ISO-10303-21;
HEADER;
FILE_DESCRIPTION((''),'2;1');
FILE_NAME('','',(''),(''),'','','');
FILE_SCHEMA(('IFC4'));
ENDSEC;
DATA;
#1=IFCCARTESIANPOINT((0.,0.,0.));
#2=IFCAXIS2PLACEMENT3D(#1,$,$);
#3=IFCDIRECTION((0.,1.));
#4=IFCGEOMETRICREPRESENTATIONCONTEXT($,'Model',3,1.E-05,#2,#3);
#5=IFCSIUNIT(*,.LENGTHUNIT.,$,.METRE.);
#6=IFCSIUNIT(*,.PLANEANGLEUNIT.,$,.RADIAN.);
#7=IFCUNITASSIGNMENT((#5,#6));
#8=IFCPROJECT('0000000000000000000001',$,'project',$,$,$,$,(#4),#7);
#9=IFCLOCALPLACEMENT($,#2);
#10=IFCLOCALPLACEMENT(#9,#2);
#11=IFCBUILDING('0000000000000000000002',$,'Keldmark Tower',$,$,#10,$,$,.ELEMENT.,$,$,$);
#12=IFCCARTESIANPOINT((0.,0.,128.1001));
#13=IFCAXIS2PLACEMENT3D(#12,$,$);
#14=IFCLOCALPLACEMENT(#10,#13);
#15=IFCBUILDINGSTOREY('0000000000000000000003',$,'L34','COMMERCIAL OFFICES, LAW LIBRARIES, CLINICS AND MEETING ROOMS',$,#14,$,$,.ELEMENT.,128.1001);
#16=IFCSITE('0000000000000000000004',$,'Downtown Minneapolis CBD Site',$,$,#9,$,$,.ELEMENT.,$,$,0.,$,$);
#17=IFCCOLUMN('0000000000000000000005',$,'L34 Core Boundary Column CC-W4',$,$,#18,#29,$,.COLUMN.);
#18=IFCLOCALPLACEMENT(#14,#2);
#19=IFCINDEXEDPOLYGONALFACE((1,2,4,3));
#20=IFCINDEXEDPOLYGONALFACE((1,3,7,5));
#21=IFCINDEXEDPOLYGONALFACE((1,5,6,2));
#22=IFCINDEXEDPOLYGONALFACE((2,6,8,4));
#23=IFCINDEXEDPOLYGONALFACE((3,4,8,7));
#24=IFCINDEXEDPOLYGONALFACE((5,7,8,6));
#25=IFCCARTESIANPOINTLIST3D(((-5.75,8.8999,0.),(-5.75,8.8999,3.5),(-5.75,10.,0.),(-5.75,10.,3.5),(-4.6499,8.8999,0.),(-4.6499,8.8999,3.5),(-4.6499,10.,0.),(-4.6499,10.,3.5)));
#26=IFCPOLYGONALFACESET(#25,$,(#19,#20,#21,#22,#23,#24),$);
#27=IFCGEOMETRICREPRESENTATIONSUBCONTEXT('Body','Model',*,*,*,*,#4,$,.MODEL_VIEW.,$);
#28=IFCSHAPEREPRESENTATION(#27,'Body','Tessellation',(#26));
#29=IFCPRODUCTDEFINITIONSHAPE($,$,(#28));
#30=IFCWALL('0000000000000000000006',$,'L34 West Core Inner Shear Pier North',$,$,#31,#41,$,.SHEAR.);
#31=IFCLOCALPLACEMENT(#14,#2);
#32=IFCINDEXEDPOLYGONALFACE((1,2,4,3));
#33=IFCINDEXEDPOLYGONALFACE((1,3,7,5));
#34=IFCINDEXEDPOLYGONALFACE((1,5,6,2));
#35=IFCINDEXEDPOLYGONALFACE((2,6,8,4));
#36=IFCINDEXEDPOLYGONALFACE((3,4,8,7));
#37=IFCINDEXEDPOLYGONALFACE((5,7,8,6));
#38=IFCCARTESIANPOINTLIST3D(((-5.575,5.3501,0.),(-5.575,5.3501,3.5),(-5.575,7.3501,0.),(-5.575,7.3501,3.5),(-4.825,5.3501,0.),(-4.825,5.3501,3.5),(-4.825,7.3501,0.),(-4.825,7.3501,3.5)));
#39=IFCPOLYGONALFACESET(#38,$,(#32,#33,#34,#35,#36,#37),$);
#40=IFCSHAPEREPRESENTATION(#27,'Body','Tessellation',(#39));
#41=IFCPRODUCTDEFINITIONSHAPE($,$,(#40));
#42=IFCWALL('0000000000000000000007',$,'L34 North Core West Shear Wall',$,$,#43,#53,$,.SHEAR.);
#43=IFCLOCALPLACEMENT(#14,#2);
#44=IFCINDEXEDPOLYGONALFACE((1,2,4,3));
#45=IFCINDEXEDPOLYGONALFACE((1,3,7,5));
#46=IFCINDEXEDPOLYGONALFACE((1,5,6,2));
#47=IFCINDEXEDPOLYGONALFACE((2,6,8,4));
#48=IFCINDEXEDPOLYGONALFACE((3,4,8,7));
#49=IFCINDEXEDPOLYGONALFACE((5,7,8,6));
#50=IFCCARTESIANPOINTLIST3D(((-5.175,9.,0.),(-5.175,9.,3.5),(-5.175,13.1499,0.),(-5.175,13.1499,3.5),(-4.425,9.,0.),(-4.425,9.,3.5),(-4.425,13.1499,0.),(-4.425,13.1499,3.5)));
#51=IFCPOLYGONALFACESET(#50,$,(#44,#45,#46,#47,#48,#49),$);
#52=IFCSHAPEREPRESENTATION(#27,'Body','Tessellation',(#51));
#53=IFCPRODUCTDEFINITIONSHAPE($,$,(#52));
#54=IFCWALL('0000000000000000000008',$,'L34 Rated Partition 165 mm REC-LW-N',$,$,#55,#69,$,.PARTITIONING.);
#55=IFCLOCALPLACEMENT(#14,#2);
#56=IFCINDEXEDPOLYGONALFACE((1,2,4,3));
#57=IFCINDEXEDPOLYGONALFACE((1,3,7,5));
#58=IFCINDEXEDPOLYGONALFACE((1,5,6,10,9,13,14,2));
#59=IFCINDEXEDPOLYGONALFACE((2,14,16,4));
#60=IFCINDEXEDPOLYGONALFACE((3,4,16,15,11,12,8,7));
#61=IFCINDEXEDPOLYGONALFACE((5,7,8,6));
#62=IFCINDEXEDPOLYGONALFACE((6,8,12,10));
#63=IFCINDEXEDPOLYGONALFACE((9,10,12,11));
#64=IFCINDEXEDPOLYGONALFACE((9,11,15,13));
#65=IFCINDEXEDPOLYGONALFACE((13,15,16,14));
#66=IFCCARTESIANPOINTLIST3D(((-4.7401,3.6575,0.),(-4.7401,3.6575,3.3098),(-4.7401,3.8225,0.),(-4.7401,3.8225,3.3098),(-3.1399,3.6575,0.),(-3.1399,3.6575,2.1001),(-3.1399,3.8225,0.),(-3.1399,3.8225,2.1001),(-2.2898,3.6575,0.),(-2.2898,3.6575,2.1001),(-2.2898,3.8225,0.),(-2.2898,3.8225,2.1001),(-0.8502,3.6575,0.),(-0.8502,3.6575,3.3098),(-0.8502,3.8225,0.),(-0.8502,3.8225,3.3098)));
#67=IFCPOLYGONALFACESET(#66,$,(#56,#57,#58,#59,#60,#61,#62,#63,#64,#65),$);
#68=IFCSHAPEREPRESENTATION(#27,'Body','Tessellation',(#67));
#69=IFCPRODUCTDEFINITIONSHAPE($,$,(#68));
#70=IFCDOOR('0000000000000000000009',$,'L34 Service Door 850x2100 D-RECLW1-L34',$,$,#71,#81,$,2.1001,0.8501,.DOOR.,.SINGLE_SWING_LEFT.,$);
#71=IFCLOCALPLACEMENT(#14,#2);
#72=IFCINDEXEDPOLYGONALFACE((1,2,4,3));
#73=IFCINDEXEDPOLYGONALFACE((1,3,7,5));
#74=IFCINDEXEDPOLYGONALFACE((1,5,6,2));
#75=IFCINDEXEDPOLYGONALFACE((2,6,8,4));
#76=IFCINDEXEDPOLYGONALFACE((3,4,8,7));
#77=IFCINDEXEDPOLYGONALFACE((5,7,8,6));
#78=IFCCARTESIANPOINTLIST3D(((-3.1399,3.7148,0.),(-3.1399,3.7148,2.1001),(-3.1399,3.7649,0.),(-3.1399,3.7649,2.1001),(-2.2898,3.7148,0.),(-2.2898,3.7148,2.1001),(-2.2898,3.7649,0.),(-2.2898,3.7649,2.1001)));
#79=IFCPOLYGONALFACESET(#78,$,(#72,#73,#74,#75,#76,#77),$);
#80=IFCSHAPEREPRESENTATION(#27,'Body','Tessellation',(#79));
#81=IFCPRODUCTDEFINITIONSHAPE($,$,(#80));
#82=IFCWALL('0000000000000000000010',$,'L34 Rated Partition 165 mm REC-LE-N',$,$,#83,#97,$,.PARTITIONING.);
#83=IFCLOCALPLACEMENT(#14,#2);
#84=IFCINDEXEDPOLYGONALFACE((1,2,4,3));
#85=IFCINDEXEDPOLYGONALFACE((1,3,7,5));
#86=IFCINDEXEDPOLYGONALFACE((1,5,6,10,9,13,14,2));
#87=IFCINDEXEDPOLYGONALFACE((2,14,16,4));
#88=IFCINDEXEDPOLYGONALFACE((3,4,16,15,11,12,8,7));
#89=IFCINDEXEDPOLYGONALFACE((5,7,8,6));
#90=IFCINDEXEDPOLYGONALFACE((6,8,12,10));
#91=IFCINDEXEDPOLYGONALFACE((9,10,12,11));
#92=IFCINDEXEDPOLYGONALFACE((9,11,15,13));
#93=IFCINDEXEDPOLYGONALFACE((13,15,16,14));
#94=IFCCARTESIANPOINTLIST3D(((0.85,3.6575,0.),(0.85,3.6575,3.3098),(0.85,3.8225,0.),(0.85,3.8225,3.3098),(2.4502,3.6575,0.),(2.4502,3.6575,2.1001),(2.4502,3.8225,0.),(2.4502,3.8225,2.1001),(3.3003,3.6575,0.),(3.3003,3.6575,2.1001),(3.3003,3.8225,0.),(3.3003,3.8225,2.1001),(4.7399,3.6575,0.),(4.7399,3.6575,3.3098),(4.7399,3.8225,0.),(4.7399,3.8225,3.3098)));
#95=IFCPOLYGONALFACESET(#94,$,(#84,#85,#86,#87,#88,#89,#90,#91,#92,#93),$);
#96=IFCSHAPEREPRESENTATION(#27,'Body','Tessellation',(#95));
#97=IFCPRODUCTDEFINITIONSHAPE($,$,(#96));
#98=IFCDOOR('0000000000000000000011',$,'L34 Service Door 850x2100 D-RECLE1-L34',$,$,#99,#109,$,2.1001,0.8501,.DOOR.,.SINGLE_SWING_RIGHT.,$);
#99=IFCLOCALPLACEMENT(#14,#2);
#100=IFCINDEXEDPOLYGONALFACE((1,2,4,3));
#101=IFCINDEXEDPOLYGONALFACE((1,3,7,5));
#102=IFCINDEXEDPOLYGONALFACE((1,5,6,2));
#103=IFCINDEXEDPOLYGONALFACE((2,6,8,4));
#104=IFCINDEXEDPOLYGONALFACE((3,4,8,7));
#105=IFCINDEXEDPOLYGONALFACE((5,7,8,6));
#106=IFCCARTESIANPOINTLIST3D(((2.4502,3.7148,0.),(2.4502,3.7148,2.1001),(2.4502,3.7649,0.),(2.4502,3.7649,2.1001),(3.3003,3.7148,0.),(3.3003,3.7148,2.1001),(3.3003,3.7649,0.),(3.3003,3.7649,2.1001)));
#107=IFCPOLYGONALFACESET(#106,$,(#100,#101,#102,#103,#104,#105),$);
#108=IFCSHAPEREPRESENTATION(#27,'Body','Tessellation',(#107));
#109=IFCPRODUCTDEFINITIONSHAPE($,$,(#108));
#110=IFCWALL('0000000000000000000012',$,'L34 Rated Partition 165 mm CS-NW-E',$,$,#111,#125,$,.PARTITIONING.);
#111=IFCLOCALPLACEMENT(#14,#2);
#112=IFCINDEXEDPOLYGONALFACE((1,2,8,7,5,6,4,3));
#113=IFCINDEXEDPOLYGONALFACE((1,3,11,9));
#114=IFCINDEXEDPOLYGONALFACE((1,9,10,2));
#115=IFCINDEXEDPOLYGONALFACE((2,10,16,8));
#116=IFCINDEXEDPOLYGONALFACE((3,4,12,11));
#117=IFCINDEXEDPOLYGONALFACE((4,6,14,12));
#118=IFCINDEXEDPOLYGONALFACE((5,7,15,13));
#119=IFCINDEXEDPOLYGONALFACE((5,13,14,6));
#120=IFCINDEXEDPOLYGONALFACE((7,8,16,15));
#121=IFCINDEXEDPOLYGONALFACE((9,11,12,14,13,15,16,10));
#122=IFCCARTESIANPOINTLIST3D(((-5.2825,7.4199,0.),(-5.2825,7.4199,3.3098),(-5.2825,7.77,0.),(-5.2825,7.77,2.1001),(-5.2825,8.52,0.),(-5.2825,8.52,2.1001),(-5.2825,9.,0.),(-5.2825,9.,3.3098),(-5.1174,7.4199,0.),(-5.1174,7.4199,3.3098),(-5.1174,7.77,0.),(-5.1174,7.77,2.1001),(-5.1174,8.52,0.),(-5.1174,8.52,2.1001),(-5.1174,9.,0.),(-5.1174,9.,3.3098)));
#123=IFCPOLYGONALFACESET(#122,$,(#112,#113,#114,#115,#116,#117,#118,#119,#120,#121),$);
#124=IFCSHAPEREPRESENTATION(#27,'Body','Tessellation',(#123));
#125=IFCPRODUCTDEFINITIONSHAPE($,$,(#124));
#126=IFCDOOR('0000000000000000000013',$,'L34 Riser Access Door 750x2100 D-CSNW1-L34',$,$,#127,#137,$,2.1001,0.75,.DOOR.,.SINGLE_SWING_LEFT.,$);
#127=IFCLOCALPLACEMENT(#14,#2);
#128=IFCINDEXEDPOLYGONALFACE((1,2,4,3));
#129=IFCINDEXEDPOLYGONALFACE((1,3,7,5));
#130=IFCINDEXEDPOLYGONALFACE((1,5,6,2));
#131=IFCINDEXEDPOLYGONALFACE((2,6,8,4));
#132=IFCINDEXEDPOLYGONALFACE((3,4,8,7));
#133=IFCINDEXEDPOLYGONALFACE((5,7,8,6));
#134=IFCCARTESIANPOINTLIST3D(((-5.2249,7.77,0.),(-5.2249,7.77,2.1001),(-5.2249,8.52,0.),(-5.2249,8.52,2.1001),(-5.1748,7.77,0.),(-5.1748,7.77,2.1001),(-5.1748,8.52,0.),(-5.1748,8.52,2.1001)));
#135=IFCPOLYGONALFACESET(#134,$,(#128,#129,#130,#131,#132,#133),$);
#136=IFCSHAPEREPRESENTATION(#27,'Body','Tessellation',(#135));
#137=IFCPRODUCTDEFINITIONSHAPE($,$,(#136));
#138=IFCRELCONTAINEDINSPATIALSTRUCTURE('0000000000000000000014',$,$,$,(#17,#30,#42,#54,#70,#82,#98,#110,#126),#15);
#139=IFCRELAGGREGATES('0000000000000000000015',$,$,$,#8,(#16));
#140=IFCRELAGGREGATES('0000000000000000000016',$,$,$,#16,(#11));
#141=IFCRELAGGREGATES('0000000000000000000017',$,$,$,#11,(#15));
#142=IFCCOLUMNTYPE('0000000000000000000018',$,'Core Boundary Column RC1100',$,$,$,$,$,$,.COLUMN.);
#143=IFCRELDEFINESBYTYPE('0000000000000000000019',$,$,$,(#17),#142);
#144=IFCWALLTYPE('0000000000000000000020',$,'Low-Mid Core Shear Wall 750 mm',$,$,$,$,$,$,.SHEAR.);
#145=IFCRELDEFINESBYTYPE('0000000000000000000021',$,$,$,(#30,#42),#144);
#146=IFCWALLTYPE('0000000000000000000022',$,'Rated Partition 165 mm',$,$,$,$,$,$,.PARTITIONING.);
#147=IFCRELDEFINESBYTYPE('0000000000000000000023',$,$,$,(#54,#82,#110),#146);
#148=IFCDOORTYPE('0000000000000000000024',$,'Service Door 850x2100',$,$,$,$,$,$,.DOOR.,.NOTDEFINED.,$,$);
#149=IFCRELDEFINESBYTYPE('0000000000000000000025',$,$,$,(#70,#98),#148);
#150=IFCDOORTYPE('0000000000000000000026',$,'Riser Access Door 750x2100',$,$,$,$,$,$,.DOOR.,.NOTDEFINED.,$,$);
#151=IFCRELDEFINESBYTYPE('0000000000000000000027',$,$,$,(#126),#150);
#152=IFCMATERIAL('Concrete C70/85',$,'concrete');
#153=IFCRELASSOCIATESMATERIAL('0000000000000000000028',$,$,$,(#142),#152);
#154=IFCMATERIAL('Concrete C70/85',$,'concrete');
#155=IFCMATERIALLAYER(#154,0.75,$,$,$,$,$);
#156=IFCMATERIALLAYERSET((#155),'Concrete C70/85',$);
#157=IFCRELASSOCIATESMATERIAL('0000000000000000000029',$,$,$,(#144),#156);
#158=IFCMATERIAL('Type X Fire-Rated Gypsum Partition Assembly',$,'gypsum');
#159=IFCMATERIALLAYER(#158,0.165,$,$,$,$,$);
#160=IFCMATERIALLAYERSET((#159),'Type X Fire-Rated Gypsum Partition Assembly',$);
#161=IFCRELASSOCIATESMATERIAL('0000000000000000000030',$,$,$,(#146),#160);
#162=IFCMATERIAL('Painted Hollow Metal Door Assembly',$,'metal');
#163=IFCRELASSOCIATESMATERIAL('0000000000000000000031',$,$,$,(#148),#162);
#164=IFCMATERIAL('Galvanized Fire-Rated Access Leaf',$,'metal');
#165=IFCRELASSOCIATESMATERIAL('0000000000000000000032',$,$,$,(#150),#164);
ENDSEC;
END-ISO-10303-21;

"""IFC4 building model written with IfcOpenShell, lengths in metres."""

from ifc_helpers import new_model, si_unit, direction, frame, frame_2d, origin, origin_2d, place, context, subcontext, project, spatial, rectangle, extrude, material, layer, layer_set, material_profile, profile_set, type_object, element, fill, save


model = new_model("IFC4")

# Units and contexts
model_context = context("Model", 3, precision=1e-05, world=origin(), true_north=direction((0.0, 1.0)))
body_context = subcontext(model_context, "Body", "Model", "MODEL_VIEW")
ifc_project = project(units=[si_unit("LENGTHUNIT", "METRE"), si_unit("PLANEANGLEUNIT", "RADIAN")], contexts=[model_context])

# Site, building, storey
site_placement = place(None, origin())
site = spatial("IfcSite", under=ifc_project, at=site_placement, Name="Downtown Minneapolis CBD Site", CompositionType="ELEMENT", RefElevation=0.0)
building_placement = place(site_placement, origin())
building = spatial("IfcBuilding", under=site, at=building_placement, Name="Keldmark Tower", CompositionType="ELEMENT")
storey_placement = place(building_placement, frame((0.0, 0.0, 128.1001)))
storey = spatial("IfcBuildingStorey", under=building, at=storey_placement, Name="L34", Description="COMMERCIAL OFFICES, LAW LIBRARIES, CLINICS AND MEETING ROOMS", CompositionType="ELEMENT", Elevation=128.1001)

# Column
ifc_material_1 = material(Name="Concrete C70/85", Category="concrete")
ifc_material_profile = material_profile(ifc_material_1, rectangle(XDim=1.1001, YDim=1.1001, at=origin_2d()), Name="RC1100X1100")
ifc_profile_set = profile_set([ifc_material_profile], Name="Concrete C70/85")
column_type = type_object("IfcColumnType", Name="Core Boundary Column RC1100", PredefinedType="COLUMN", material=ifc_profile_set)
column_placement = place(storey_placement, frame((-5.2, 9.45, 0.0), z_axis=(0.0, 0.0, 1.0), x_axis=(1.0, 0.0, 0.0)))
element("IfcColumn", 1, at=column_placement, inside=storey, type_object=column_type, Name="L34 Core Boundary Column CC-W4", PredefinedType="COLUMN", context=body_context, shape_type="SweptSolid", body=[
    extrude(rectangle(XDim=1.1001, YDim=1.1001, at=origin_2d()), origin(), (0.0, 0.0, 1.0), 3.5),
])

# Walls
ifc_material_2 = material(Name="Concrete C70/85", Category="concrete")
ifc_layer_1 = layer(ifc_material_2, 0.75)
ifc_layer_set_1 = layer_set([ifc_layer_1], Name="Concrete C70/85")
wall_type_1 = type_object("IfcWallType", Name="Low-Mid Core Shear Wall 750 mm", PredefinedType="SHEAR", material=ifc_layer_set_1)
wall_1_placement = place(storey_placement, frame((-5.2, 5.3501, 0.0), z_axis=(0.0, 0.0, 1.0), x_axis=(0.0, 1.0, 0.0)))
element("IfcWall", 2, at=wall_1_placement, inside=storey, type_object=wall_type_1, Name="L34 West Core Inner Shear Pier North", PredefinedType="SHEAR", context=body_context, shape_type="SweptSolid", body=[
    extrude(rectangle(XDim=2.0, YDim=0.75, at=frame_2d((1.0, 0.0))), origin(), (0.0, 0.0, 1.0), 3.5),
])
wall_2_placement = place(storey_placement, frame((-4.8, 9.0, 0.0), z_axis=(0.0, 0.0, 1.0), x_axis=(0.0, 1.0, 0.0)))
element("IfcWall", 3, at=wall_2_placement, inside=storey, type_object=wall_type_1, Name="L34 North Core West Shear Wall", PredefinedType="SHEAR", context=body_context, shape_type="SweptSolid", body=[
    extrude(rectangle(XDim=4.1499, YDim=0.75, at=frame_2d((2.075, 0.0))), origin(), (0.0, 0.0, 1.0), 3.5),
])

# Walls, openings, doors
ifc_material_3 = material(Name="Type X Fire-Rated Gypsum Partition Assembly", Category="gypsum")
ifc_layer_2 = layer(ifc_material_3, 0.165)
ifc_layer_set_2 = layer_set([ifc_layer_2], Name="Type X Fire-Rated Gypsum Partition Assembly")
wall_type_2 = type_object("IfcWallType", Name="Rated Partition 165 mm", PredefinedType="PARTITIONING", material=ifc_layer_set_2)
wall_3_placement = place(storey_placement, frame((-4.74, 3.74, 0.0), z_axis=(0.0, 0.0, 1.0), x_axis=(1.0, 0.0, 0.0)))
wall_3 = element("IfcWall", 4, at=wall_3_placement, inside=storey, type_object=wall_type_2, Name="L34 Rated Partition 165 mm REC-LW-N", PredefinedType="PARTITIONING", context=body_context, shape_type="SweptSolid", body=[
    extrude(rectangle(XDim=3.8899, YDim=0.165, at=frame_2d((1.9448, 0.0))), origin(), (0.0, 0.0, 1.0), 3.3098),
])
opening_1_placement = place(wall_3_placement, frame((1.6001, 0.0, 0.0)))
opening_1 = element("IfcOpeningElement", 5, at=opening_1_placement, cuts=wall_3, PredefinedType="OPENING", context=body_context, shape_type="SweptSolid", body=[
    extrude(rectangle(XDim=0.8501, YDim=2.1001, at=frame_2d((0.425, 1.05))), frame((0.0, 0.0925, 0.0), z_axis=(0.0, -1.0, 0.0), x_axis=(1.0, 0.0, 0.0)), (0.0, 0.0, 1.0), 0.1851),
])
ifc_material_4 = material(Name="Painted Hollow Metal Door Assembly", Category="metal")
door_type_1 = type_object("IfcDoorType", Name="Service Door 850x2100", OperationType="NOTDEFINED", PredefinedType="DOOR", material=ifc_material_4)
door_1_placement = place(opening_1_placement, origin())
door_1 = element("IfcDoor", 6, at=door_1_placement, inside=storey, type_object=door_type_1, Name="L34 Service Door 850x2100 D-RECLW1-L34", OperationType="SINGLE_SWING_LEFT", OverallHeight=2.1001, OverallWidth=0.8501, PredefinedType="DOOR", context=body_context, shape_type="SweptSolid", body=[
    extrude(rectangle(XDim=0.8501, YDim=2.1001, at=frame_2d((0.425, 1.05))), frame((0.0, 0.0249, 0.0), z_axis=(0.0, -1.0, 0.0), x_axis=(1.0, 0.0, 0.0)), (0.0, 0.0, 1.0), 0.05),
])
fill(opening_1, door_1)
wall_4_placement = place(storey_placement, frame((0.8501, 3.74, 0.0), z_axis=(0.0, 0.0, 1.0), x_axis=(1.0, 0.0, 0.0)))
wall_4 = element("IfcWall", 7, at=wall_4_placement, inside=storey, type_object=wall_type_2, Name="L34 Rated Partition 165 mm REC-LE-N", PredefinedType="PARTITIONING", context=body_context, shape_type="SweptSolid", body=[
    extrude(rectangle(XDim=3.8899, YDim=0.165, at=frame_2d((1.9448, 0.0))), origin(), (0.0, 0.0, 1.0), 3.3098),
])
opening_2_placement = place(wall_4_placement, frame((1.6001, 0.0, 0.0)))
opening_2 = element("IfcOpeningElement", 8, at=opening_2_placement, cuts=wall_4, PredefinedType="OPENING", context=body_context, shape_type="SweptSolid", body=[
    extrude(rectangle(XDim=0.8501, YDim=2.1001, at=frame_2d((0.425, 1.05))), frame((0.0, 0.0925, 0.0), z_axis=(0.0, -1.0, 0.0), x_axis=(1.0, 0.0, 0.0)), (0.0, 0.0, 1.0), 0.1851),
])
door_2_placement = place(opening_2_placement, origin())
door_2 = element("IfcDoor", 9, at=door_2_placement, inside=storey, type_object=door_type_1, Name="L34 Service Door 850x2100 D-RECLE1-L34", OperationType="SINGLE_SWING_RIGHT", OverallHeight=2.1001, OverallWidth=0.8501, PredefinedType="DOOR", context=body_context, shape_type="SweptSolid", body=[
    extrude(rectangle(XDim=0.8501, YDim=2.1001, at=frame_2d((0.425, 1.05))), frame((0.0, 0.0249, 0.0), z_axis=(0.0, -1.0, 0.0), x_axis=(1.0, 0.0, 0.0)), (0.0, 0.0, 1.0), 0.05),
])
fill(opening_2, door_2)
wall_5_placement = place(storey_placement, frame((-5.2, 7.4199, 0.0), z_axis=(0.0, 0.0, 1.0), x_axis=(0.0, 1.0, 0.0)))
wall_5 = element("IfcWall", 10, at=wall_5_placement, inside=storey, type_object=wall_type_2, Name="L34 Rated Partition 165 mm CS-NW-E", PredefinedType="PARTITIONING", context=body_context, shape_type="SweptSolid", body=[
    extrude(rectangle(XDim=1.5801, YDim=0.165, at=frame_2d((0.79, 0.0))), origin(), (0.0, 0.0, 1.0), 3.3098),
])
opening_3_placement = place(wall_5_placement, frame((0.3501, 0.0, 0.0)))
opening_3 = element("IfcOpeningElement", 11, at=opening_3_placement, cuts=wall_5, PredefinedType="OPENING", context=body_context, shape_type="SweptSolid", body=[
    extrude(rectangle(XDim=0.75, YDim=2.1001, at=frame_2d((0.375, 1.05))), frame((0.0, 0.0925, 0.0), z_axis=(0.0, -1.0, 0.0), x_axis=(1.0, 0.0, 0.0)), (0.0, 0.0, 1.0), 0.1851),
])
ifc_material_5 = material(Name="Galvanized Fire-Rated Access Leaf", Category="metal")
door_type_2 = type_object("IfcDoorType", Name="Riser Access Door 750x2100", OperationType="NOTDEFINED", PredefinedType="DOOR", material=ifc_material_5)
door_3_placement = place(opening_3_placement, origin())
door_3 = element("IfcDoor", 12, at=door_3_placement, inside=storey, type_object=door_type_2, Name="L34 Riser Access Door 750x2100 D-CSNW1-L34", OperationType="SINGLE_SWING_LEFT", OverallHeight=2.1001, OverallWidth=0.75, PredefinedType="DOOR", context=body_context, shape_type="SweptSolid", body=[
    extrude(rectangle(XDim=0.75, YDim=2.1001, at=frame_2d((0.375, 1.05))), frame((0.0, 0.0249, 0.0), z_axis=(0.0, -1.0, 0.0), x_axis=(1.0, 0.0, 0.0)), (0.0, 0.0, 1.0), 0.05),
])
fill(opening_3, door_3)

save(model, "model.ifc")
